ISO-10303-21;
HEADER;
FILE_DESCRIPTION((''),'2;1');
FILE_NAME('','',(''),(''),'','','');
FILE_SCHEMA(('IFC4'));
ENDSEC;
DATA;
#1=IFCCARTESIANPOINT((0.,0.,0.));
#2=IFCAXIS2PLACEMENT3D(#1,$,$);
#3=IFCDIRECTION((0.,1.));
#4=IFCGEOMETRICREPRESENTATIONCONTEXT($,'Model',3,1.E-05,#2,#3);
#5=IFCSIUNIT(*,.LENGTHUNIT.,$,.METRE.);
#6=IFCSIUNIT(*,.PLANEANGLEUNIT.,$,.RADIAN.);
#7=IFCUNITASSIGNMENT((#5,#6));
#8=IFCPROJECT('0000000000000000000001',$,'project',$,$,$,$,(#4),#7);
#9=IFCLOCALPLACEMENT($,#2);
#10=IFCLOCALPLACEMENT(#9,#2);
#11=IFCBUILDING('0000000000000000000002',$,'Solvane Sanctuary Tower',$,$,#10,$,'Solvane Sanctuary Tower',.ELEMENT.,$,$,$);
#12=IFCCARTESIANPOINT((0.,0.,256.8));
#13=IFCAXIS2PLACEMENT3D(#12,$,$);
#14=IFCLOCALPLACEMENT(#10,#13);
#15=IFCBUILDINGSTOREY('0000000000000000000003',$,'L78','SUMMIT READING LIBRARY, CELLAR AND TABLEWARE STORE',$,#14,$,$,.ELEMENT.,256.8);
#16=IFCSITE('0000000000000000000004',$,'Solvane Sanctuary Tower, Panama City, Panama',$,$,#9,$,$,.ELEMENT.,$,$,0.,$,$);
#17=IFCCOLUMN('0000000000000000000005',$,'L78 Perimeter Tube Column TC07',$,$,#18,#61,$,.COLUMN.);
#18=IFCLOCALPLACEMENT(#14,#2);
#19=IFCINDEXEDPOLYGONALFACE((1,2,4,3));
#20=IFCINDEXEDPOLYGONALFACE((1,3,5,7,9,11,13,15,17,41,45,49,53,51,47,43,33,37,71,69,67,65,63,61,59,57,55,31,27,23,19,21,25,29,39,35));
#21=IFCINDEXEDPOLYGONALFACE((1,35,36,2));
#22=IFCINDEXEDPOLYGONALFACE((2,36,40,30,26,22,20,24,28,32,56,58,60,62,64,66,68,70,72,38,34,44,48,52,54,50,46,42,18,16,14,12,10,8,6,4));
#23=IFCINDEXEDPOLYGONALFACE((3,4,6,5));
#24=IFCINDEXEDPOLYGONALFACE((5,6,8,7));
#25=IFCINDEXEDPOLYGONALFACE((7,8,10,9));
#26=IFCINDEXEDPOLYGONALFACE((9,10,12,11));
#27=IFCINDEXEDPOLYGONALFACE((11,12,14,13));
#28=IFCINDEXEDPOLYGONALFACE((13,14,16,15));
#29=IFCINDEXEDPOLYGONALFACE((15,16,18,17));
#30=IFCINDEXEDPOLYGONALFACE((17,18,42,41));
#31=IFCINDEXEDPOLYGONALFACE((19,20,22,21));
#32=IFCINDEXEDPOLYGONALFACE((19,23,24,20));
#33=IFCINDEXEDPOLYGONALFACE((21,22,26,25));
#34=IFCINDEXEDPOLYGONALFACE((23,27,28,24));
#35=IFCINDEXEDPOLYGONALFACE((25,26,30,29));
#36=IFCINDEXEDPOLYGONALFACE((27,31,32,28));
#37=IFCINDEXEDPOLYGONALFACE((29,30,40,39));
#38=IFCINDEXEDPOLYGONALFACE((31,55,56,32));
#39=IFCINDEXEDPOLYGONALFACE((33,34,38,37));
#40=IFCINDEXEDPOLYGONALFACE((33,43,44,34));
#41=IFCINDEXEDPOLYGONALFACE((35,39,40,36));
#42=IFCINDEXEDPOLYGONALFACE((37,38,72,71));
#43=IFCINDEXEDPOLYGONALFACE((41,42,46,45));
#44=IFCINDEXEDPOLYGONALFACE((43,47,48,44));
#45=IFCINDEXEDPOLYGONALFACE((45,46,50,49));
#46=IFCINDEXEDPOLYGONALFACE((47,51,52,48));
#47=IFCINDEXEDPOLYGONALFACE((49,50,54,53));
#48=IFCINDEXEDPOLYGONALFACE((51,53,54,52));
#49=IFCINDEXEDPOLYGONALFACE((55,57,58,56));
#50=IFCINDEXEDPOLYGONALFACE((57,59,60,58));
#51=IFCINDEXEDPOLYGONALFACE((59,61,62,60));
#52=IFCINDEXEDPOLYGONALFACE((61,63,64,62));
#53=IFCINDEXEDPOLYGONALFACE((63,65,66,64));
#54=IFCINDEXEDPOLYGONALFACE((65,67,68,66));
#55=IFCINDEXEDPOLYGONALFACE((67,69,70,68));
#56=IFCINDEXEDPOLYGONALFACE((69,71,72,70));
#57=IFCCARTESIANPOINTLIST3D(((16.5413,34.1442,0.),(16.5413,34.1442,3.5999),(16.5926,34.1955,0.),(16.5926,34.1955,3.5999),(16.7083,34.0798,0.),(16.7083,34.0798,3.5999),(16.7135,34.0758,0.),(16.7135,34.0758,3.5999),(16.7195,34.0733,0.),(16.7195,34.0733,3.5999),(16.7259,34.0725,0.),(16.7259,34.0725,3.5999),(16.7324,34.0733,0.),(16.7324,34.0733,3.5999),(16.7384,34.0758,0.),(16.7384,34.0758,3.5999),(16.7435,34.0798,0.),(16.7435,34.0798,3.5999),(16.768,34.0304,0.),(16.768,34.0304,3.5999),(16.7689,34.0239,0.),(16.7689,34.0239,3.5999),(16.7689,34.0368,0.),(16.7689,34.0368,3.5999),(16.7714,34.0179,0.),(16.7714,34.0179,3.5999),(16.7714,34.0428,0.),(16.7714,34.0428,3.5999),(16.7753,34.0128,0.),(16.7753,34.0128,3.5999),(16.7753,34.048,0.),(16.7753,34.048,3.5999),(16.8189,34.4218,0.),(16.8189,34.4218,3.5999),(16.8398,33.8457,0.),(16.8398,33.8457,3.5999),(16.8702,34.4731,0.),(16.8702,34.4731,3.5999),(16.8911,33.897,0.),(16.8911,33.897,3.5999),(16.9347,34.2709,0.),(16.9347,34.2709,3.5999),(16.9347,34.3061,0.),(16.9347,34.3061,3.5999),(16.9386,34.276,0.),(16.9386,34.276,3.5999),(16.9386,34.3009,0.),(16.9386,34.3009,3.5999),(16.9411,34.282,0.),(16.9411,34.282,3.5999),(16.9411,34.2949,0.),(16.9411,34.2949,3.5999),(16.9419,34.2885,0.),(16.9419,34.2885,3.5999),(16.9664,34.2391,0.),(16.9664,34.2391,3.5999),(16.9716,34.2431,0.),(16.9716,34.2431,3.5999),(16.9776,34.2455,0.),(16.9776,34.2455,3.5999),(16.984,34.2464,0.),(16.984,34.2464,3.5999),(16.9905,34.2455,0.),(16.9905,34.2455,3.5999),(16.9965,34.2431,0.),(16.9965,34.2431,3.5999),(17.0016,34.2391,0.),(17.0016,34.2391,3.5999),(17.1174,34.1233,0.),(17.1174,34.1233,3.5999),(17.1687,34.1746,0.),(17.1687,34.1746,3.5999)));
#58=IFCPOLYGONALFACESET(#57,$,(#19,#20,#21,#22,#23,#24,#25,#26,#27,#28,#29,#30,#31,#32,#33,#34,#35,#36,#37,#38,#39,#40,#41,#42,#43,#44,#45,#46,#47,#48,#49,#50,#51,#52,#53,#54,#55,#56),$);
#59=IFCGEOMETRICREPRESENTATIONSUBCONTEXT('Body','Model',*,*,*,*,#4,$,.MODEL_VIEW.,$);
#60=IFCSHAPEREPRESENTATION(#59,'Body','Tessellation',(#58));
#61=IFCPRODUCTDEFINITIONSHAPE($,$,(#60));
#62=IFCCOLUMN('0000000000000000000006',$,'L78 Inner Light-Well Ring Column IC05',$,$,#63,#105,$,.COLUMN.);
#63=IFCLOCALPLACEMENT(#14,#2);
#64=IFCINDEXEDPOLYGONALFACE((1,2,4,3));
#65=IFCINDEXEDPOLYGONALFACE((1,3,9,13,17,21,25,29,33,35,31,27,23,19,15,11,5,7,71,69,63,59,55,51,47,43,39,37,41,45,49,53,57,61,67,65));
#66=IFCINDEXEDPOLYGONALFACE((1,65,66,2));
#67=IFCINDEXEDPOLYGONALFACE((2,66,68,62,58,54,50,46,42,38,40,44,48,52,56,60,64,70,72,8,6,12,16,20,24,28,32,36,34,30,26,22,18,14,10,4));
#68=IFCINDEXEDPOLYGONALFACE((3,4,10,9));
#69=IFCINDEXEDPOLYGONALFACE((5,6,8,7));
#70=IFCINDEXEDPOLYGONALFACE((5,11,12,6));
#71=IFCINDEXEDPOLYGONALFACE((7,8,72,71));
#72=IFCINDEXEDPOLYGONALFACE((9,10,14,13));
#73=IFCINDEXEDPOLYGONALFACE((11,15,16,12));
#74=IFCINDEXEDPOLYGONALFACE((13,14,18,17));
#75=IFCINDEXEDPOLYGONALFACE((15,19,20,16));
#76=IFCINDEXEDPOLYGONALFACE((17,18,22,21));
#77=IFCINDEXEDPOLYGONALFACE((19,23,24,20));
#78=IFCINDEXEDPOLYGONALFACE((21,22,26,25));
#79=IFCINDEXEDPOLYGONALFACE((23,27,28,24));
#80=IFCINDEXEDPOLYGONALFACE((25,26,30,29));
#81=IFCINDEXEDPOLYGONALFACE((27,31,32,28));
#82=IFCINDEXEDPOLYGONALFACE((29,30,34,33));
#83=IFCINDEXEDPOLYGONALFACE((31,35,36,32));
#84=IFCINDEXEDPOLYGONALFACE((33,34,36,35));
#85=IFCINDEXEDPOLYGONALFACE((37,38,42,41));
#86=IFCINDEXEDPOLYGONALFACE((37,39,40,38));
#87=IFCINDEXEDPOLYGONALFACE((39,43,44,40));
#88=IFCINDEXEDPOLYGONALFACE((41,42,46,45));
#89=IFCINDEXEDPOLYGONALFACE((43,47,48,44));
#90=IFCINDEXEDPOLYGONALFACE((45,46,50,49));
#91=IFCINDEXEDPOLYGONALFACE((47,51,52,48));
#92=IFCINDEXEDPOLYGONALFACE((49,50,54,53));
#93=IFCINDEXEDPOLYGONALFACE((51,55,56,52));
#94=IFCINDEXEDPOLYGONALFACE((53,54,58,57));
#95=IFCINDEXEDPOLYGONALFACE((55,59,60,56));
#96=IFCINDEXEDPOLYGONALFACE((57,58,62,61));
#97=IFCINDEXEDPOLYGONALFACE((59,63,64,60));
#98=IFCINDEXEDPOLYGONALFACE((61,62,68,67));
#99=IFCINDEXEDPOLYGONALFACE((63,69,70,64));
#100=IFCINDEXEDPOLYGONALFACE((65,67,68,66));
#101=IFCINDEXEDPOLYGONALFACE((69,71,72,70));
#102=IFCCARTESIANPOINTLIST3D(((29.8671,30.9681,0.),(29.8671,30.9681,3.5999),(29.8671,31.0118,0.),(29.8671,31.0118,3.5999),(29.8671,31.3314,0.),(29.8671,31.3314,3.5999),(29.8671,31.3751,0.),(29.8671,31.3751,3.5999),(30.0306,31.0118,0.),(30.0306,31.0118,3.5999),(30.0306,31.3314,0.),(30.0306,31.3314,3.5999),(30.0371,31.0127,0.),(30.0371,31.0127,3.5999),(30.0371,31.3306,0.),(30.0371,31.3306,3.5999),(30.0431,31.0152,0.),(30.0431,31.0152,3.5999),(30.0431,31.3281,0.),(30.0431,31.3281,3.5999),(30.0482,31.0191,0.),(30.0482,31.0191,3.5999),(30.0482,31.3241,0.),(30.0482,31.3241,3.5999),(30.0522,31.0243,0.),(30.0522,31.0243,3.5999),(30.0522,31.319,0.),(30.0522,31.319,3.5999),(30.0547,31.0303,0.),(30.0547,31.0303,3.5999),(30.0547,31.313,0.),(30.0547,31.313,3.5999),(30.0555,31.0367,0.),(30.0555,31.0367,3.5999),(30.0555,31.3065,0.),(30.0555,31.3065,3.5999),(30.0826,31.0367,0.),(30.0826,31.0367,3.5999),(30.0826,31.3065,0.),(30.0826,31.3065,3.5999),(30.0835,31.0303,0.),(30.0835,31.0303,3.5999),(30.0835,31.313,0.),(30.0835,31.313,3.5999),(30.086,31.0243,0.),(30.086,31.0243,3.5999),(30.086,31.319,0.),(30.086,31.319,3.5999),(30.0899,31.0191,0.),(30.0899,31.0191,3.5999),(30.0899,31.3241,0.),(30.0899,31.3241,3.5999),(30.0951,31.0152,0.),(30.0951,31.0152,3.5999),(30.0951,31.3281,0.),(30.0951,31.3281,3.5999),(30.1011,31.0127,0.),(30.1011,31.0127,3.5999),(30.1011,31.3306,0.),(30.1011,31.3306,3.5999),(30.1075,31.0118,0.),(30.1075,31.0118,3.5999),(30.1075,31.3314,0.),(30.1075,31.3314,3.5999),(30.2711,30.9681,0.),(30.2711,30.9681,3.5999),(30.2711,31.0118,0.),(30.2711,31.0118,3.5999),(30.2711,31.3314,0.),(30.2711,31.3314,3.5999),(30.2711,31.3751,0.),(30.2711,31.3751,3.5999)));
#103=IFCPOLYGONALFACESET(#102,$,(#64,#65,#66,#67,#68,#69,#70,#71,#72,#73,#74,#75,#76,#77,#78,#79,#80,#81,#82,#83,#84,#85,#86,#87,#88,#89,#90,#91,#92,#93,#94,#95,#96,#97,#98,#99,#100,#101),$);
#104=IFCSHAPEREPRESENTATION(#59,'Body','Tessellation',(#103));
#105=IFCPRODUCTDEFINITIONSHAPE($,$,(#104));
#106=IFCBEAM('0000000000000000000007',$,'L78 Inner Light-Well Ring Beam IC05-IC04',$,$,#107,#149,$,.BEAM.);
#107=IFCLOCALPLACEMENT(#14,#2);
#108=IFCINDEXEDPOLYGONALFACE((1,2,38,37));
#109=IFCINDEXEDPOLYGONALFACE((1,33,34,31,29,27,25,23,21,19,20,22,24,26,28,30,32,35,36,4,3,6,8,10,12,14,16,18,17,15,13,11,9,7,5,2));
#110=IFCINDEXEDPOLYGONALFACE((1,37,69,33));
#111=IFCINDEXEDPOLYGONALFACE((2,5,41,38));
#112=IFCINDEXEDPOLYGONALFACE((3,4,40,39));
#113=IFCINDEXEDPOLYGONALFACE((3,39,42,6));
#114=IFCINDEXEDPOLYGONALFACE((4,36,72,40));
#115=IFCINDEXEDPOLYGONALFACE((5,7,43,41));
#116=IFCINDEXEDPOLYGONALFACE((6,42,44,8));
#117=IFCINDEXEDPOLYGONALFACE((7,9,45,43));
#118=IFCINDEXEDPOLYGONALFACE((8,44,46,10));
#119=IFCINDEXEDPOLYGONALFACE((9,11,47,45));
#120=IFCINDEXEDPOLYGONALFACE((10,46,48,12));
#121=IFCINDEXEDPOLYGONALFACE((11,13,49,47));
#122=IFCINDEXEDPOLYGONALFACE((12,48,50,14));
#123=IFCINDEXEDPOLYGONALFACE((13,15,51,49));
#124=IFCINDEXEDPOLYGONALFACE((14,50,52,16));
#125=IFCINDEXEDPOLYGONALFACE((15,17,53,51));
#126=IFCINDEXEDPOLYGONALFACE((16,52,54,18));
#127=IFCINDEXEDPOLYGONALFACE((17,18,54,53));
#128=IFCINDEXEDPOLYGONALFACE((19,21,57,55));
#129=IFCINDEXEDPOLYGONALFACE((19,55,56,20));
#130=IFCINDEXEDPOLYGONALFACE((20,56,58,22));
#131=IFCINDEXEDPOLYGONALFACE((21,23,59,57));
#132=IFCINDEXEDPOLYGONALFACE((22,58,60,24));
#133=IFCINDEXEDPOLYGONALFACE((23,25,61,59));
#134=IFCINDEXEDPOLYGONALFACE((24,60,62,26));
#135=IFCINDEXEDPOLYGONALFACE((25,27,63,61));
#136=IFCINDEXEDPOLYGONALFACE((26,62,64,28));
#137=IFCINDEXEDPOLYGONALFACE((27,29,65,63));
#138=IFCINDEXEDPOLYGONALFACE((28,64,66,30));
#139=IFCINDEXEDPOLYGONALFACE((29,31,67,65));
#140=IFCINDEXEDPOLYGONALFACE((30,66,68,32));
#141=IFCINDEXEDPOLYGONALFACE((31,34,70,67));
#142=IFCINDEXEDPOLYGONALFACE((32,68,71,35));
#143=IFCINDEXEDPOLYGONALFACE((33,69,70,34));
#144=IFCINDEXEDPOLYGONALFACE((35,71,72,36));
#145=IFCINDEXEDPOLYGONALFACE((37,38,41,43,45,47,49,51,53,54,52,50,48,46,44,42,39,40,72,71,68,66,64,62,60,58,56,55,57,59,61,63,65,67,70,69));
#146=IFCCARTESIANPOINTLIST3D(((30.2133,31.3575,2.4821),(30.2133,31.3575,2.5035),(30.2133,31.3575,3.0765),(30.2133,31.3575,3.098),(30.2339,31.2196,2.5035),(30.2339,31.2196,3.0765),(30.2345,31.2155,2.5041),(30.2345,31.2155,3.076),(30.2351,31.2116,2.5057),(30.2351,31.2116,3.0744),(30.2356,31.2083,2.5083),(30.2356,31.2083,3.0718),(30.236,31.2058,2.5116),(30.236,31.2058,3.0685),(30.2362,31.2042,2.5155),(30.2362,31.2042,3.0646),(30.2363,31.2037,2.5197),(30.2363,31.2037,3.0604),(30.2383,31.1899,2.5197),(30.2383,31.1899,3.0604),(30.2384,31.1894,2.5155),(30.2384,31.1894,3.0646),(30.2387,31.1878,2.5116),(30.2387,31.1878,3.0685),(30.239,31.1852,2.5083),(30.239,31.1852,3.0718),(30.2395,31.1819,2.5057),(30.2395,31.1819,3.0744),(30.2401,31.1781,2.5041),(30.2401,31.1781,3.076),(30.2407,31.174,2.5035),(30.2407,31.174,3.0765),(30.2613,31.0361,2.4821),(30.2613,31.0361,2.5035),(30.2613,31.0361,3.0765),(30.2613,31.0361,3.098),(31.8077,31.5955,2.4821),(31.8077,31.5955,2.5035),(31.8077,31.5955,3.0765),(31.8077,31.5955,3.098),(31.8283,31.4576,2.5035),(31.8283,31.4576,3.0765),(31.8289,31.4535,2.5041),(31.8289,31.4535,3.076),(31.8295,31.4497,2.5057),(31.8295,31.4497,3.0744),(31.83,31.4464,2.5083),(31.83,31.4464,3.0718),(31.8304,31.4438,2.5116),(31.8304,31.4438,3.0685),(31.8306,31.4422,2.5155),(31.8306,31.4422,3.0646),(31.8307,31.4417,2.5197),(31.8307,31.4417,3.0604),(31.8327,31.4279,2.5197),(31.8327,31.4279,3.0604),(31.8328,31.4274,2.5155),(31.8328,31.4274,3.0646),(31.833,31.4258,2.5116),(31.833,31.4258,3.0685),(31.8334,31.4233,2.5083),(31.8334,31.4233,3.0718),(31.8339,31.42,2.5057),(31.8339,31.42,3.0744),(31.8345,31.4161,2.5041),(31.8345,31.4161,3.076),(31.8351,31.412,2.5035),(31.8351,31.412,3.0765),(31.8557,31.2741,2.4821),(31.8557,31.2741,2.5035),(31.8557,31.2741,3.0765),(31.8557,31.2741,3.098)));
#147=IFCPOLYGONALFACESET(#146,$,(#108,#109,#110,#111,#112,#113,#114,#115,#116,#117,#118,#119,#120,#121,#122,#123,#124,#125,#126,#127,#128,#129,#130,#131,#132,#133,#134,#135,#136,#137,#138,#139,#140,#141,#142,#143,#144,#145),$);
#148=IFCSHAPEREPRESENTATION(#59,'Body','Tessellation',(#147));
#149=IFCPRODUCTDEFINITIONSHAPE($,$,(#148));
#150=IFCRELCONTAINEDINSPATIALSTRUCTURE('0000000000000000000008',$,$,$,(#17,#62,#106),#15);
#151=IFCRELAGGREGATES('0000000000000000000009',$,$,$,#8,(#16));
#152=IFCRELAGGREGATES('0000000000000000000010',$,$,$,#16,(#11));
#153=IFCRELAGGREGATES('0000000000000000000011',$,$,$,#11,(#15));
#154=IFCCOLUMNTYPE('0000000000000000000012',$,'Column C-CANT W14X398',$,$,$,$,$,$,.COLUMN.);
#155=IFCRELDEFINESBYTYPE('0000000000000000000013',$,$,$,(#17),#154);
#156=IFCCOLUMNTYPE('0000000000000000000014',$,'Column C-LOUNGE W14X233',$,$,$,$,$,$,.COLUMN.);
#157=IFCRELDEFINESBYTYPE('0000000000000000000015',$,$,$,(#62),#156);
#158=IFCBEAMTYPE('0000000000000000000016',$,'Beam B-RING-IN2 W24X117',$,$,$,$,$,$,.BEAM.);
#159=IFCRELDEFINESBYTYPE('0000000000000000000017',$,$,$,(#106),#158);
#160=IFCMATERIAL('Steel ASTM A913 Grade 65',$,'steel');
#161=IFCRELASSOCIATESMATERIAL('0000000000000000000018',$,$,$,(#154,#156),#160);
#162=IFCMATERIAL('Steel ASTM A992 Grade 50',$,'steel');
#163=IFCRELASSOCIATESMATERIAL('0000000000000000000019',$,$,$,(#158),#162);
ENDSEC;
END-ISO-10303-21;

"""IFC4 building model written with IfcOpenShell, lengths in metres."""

from ifc_helpers import new_model, si_unit, direction, frame, origin, origin_2d, place, context, subcontext, project, spatial, i_section, extrude, material, material_profile, profile_set, type_object, element, save


model = new_model("IFC4")

# Units and contexts
model_context = context("Model", 3, precision=1e-05, world=origin(), true_north=direction((0.0, 1.0)))
body_context = subcontext(model_context, "Body", "Model", "MODEL_VIEW")
ifc_project = project(units=[si_unit("LENGTHUNIT", "METRE"), si_unit("PLANEANGLEUNIT", "RADIAN")], contexts=[model_context])

# Site, building, storey
site_placement = place(None, origin())
site = spatial("IfcSite", under=ifc_project, at=site_placement, Name="Solvane Sanctuary Tower, Panama City, Panama", CompositionType="ELEMENT", RefElevation=0.0)
building_placement = place(site_placement, origin())
building = spatial("IfcBuilding", under=site, at=building_placement, Name="Solvane Sanctuary Tower", LongName="Solvane Sanctuary Tower", CompositionType="ELEMENT")
storey_placement = place(building_placement, frame((0.0, 0.0, 256.8)))
storey = spatial("IfcBuildingStorey", under=building, at=storey_placement, Name="L78", Description="SUMMIT READING LIBRARY, CELLAR AND TABLEWARE STORE", CompositionType="ELEMENT", Elevation=256.8)

# Columns
ifc_material_1 = material(Name="Steel ASTM A913 Grade 65", Category="steel")
ifc_material_profile_1 = material_profile(ifc_material_1, i_section(OverallWidth=0.4221, OverallDepth=0.4651, WebThickness=0.0449, FlangeThickness=0.0725, FilletRadius=0.0249, at=origin_2d()), Name="W14X398")
ifc_profile_set_1 = profile_set([ifc_material_profile_1], Name="Steel ASTM A913 Grade 65")
column_type_1 = type_object("IfcColumnType", Name="Column C-CANT W14X398", PredefinedType="COLUMN", material=ifc_profile_set_1)
column_1_placement = place(storey_placement, frame((16.855, 34.1594, 0.0), z_axis=(0.0, 0.0, 1.0), x_axis=(-0.707107, 0.707107, 0.0)))
element("IfcColumn", 1, at=column_1_placement, inside=storey, type_object=column_type_1, Name="L78 Perimeter Tube Column TC07", PredefinedType="COLUMN", context=body_context, shape_type="SweptSolid", body=[
    extrude(i_section(OverallWidth=0.4221, OverallDepth=0.4651, WebThickness=0.0449, FlangeThickness=0.0725, FilletRadius=0.0249, at=origin_2d()), origin(), (0.0, 0.0, 1.0), 3.5999),
])
ifc_material_profile_2 = material_profile(ifc_material_1, i_section(OverallWidth=0.4041, OverallDepth=0.407, WebThickness=0.0271, FlangeThickness=0.0437, FilletRadius=0.0249, at=origin_2d()), Name="W14X233")
ifc_profile_set_2 = profile_set([ifc_material_profile_2], Name="Steel ASTM A913 Grade 65")
column_type_2 = type_object("IfcColumnType", Name="Column C-LOUNGE W14X233", PredefinedType="COLUMN", material=ifc_profile_set_2)
column_2_placement = place(storey_placement, frame((30.0691, 31.1716, 0.0), z_axis=(0.0, 0.0, 1.0), x_axis=(1.0, 0.0, 0.0)))
element("IfcColumn", 2, at=column_2_placement, inside=storey, type_object=column_type_2, Name="L78 Inner Light-Well Ring Column IC05", PredefinedType="COLUMN", context=body_context, shape_type="SweptSolid", body=[
    extrude(i_section(OverallWidth=0.4041, OverallDepth=0.407, WebThickness=0.0271, FlangeThickness=0.0437, FilletRadius=0.0249, at=origin_2d()), origin(), (0.0, 0.0, 1.0), 3.5999),
])

# Beam
ifc_material_2 = material(Name="Steel ASTM A992 Grade 50", Category="steel")
ifc_material_profile_3 = material_profile(ifc_material_2, i_section(OverallWidth=0.325, OverallDepth=0.616, WebThickness=0.0139, FlangeThickness=0.0215, FilletRadius=0.0161, at=origin_2d()), Name="W24X117")
ifc_profile_set_3 = profile_set([ifc_material_profile_3], Name="Steel ASTM A992 Grade 50")
beam_type_1 = type_object("IfcBeamType", Name="Beam B-RING-IN2 W24X117", PredefinedType="BEAM", material=ifc_profile_set_3)
beam_1_placement = place(storey_placement, frame((30.2373, 31.1968, 2.79), z_axis=(0.989039, 0.147652, 0.0), x_axis=(-0.147652, 0.989039, 0.0)))
element("IfcBeam", 3, at=beam_1_placement, inside=storey, type_object=beam_type_1, Name="L78 Inner Light-Well Ring Beam IC05-IC04", PredefinedType="BEAM", context=body_context, shape_type="SweptSolid", body=[
    extrude(i_section(OverallWidth=0.325, OverallDepth=0.616, WebThickness=0.0139, FlangeThickness=0.0215, FilletRadius=0.0161, at=origin_2d()), origin(), (0.0, 0.0, 1.0), 1.6121),
])

save(model, "model.ifc")
